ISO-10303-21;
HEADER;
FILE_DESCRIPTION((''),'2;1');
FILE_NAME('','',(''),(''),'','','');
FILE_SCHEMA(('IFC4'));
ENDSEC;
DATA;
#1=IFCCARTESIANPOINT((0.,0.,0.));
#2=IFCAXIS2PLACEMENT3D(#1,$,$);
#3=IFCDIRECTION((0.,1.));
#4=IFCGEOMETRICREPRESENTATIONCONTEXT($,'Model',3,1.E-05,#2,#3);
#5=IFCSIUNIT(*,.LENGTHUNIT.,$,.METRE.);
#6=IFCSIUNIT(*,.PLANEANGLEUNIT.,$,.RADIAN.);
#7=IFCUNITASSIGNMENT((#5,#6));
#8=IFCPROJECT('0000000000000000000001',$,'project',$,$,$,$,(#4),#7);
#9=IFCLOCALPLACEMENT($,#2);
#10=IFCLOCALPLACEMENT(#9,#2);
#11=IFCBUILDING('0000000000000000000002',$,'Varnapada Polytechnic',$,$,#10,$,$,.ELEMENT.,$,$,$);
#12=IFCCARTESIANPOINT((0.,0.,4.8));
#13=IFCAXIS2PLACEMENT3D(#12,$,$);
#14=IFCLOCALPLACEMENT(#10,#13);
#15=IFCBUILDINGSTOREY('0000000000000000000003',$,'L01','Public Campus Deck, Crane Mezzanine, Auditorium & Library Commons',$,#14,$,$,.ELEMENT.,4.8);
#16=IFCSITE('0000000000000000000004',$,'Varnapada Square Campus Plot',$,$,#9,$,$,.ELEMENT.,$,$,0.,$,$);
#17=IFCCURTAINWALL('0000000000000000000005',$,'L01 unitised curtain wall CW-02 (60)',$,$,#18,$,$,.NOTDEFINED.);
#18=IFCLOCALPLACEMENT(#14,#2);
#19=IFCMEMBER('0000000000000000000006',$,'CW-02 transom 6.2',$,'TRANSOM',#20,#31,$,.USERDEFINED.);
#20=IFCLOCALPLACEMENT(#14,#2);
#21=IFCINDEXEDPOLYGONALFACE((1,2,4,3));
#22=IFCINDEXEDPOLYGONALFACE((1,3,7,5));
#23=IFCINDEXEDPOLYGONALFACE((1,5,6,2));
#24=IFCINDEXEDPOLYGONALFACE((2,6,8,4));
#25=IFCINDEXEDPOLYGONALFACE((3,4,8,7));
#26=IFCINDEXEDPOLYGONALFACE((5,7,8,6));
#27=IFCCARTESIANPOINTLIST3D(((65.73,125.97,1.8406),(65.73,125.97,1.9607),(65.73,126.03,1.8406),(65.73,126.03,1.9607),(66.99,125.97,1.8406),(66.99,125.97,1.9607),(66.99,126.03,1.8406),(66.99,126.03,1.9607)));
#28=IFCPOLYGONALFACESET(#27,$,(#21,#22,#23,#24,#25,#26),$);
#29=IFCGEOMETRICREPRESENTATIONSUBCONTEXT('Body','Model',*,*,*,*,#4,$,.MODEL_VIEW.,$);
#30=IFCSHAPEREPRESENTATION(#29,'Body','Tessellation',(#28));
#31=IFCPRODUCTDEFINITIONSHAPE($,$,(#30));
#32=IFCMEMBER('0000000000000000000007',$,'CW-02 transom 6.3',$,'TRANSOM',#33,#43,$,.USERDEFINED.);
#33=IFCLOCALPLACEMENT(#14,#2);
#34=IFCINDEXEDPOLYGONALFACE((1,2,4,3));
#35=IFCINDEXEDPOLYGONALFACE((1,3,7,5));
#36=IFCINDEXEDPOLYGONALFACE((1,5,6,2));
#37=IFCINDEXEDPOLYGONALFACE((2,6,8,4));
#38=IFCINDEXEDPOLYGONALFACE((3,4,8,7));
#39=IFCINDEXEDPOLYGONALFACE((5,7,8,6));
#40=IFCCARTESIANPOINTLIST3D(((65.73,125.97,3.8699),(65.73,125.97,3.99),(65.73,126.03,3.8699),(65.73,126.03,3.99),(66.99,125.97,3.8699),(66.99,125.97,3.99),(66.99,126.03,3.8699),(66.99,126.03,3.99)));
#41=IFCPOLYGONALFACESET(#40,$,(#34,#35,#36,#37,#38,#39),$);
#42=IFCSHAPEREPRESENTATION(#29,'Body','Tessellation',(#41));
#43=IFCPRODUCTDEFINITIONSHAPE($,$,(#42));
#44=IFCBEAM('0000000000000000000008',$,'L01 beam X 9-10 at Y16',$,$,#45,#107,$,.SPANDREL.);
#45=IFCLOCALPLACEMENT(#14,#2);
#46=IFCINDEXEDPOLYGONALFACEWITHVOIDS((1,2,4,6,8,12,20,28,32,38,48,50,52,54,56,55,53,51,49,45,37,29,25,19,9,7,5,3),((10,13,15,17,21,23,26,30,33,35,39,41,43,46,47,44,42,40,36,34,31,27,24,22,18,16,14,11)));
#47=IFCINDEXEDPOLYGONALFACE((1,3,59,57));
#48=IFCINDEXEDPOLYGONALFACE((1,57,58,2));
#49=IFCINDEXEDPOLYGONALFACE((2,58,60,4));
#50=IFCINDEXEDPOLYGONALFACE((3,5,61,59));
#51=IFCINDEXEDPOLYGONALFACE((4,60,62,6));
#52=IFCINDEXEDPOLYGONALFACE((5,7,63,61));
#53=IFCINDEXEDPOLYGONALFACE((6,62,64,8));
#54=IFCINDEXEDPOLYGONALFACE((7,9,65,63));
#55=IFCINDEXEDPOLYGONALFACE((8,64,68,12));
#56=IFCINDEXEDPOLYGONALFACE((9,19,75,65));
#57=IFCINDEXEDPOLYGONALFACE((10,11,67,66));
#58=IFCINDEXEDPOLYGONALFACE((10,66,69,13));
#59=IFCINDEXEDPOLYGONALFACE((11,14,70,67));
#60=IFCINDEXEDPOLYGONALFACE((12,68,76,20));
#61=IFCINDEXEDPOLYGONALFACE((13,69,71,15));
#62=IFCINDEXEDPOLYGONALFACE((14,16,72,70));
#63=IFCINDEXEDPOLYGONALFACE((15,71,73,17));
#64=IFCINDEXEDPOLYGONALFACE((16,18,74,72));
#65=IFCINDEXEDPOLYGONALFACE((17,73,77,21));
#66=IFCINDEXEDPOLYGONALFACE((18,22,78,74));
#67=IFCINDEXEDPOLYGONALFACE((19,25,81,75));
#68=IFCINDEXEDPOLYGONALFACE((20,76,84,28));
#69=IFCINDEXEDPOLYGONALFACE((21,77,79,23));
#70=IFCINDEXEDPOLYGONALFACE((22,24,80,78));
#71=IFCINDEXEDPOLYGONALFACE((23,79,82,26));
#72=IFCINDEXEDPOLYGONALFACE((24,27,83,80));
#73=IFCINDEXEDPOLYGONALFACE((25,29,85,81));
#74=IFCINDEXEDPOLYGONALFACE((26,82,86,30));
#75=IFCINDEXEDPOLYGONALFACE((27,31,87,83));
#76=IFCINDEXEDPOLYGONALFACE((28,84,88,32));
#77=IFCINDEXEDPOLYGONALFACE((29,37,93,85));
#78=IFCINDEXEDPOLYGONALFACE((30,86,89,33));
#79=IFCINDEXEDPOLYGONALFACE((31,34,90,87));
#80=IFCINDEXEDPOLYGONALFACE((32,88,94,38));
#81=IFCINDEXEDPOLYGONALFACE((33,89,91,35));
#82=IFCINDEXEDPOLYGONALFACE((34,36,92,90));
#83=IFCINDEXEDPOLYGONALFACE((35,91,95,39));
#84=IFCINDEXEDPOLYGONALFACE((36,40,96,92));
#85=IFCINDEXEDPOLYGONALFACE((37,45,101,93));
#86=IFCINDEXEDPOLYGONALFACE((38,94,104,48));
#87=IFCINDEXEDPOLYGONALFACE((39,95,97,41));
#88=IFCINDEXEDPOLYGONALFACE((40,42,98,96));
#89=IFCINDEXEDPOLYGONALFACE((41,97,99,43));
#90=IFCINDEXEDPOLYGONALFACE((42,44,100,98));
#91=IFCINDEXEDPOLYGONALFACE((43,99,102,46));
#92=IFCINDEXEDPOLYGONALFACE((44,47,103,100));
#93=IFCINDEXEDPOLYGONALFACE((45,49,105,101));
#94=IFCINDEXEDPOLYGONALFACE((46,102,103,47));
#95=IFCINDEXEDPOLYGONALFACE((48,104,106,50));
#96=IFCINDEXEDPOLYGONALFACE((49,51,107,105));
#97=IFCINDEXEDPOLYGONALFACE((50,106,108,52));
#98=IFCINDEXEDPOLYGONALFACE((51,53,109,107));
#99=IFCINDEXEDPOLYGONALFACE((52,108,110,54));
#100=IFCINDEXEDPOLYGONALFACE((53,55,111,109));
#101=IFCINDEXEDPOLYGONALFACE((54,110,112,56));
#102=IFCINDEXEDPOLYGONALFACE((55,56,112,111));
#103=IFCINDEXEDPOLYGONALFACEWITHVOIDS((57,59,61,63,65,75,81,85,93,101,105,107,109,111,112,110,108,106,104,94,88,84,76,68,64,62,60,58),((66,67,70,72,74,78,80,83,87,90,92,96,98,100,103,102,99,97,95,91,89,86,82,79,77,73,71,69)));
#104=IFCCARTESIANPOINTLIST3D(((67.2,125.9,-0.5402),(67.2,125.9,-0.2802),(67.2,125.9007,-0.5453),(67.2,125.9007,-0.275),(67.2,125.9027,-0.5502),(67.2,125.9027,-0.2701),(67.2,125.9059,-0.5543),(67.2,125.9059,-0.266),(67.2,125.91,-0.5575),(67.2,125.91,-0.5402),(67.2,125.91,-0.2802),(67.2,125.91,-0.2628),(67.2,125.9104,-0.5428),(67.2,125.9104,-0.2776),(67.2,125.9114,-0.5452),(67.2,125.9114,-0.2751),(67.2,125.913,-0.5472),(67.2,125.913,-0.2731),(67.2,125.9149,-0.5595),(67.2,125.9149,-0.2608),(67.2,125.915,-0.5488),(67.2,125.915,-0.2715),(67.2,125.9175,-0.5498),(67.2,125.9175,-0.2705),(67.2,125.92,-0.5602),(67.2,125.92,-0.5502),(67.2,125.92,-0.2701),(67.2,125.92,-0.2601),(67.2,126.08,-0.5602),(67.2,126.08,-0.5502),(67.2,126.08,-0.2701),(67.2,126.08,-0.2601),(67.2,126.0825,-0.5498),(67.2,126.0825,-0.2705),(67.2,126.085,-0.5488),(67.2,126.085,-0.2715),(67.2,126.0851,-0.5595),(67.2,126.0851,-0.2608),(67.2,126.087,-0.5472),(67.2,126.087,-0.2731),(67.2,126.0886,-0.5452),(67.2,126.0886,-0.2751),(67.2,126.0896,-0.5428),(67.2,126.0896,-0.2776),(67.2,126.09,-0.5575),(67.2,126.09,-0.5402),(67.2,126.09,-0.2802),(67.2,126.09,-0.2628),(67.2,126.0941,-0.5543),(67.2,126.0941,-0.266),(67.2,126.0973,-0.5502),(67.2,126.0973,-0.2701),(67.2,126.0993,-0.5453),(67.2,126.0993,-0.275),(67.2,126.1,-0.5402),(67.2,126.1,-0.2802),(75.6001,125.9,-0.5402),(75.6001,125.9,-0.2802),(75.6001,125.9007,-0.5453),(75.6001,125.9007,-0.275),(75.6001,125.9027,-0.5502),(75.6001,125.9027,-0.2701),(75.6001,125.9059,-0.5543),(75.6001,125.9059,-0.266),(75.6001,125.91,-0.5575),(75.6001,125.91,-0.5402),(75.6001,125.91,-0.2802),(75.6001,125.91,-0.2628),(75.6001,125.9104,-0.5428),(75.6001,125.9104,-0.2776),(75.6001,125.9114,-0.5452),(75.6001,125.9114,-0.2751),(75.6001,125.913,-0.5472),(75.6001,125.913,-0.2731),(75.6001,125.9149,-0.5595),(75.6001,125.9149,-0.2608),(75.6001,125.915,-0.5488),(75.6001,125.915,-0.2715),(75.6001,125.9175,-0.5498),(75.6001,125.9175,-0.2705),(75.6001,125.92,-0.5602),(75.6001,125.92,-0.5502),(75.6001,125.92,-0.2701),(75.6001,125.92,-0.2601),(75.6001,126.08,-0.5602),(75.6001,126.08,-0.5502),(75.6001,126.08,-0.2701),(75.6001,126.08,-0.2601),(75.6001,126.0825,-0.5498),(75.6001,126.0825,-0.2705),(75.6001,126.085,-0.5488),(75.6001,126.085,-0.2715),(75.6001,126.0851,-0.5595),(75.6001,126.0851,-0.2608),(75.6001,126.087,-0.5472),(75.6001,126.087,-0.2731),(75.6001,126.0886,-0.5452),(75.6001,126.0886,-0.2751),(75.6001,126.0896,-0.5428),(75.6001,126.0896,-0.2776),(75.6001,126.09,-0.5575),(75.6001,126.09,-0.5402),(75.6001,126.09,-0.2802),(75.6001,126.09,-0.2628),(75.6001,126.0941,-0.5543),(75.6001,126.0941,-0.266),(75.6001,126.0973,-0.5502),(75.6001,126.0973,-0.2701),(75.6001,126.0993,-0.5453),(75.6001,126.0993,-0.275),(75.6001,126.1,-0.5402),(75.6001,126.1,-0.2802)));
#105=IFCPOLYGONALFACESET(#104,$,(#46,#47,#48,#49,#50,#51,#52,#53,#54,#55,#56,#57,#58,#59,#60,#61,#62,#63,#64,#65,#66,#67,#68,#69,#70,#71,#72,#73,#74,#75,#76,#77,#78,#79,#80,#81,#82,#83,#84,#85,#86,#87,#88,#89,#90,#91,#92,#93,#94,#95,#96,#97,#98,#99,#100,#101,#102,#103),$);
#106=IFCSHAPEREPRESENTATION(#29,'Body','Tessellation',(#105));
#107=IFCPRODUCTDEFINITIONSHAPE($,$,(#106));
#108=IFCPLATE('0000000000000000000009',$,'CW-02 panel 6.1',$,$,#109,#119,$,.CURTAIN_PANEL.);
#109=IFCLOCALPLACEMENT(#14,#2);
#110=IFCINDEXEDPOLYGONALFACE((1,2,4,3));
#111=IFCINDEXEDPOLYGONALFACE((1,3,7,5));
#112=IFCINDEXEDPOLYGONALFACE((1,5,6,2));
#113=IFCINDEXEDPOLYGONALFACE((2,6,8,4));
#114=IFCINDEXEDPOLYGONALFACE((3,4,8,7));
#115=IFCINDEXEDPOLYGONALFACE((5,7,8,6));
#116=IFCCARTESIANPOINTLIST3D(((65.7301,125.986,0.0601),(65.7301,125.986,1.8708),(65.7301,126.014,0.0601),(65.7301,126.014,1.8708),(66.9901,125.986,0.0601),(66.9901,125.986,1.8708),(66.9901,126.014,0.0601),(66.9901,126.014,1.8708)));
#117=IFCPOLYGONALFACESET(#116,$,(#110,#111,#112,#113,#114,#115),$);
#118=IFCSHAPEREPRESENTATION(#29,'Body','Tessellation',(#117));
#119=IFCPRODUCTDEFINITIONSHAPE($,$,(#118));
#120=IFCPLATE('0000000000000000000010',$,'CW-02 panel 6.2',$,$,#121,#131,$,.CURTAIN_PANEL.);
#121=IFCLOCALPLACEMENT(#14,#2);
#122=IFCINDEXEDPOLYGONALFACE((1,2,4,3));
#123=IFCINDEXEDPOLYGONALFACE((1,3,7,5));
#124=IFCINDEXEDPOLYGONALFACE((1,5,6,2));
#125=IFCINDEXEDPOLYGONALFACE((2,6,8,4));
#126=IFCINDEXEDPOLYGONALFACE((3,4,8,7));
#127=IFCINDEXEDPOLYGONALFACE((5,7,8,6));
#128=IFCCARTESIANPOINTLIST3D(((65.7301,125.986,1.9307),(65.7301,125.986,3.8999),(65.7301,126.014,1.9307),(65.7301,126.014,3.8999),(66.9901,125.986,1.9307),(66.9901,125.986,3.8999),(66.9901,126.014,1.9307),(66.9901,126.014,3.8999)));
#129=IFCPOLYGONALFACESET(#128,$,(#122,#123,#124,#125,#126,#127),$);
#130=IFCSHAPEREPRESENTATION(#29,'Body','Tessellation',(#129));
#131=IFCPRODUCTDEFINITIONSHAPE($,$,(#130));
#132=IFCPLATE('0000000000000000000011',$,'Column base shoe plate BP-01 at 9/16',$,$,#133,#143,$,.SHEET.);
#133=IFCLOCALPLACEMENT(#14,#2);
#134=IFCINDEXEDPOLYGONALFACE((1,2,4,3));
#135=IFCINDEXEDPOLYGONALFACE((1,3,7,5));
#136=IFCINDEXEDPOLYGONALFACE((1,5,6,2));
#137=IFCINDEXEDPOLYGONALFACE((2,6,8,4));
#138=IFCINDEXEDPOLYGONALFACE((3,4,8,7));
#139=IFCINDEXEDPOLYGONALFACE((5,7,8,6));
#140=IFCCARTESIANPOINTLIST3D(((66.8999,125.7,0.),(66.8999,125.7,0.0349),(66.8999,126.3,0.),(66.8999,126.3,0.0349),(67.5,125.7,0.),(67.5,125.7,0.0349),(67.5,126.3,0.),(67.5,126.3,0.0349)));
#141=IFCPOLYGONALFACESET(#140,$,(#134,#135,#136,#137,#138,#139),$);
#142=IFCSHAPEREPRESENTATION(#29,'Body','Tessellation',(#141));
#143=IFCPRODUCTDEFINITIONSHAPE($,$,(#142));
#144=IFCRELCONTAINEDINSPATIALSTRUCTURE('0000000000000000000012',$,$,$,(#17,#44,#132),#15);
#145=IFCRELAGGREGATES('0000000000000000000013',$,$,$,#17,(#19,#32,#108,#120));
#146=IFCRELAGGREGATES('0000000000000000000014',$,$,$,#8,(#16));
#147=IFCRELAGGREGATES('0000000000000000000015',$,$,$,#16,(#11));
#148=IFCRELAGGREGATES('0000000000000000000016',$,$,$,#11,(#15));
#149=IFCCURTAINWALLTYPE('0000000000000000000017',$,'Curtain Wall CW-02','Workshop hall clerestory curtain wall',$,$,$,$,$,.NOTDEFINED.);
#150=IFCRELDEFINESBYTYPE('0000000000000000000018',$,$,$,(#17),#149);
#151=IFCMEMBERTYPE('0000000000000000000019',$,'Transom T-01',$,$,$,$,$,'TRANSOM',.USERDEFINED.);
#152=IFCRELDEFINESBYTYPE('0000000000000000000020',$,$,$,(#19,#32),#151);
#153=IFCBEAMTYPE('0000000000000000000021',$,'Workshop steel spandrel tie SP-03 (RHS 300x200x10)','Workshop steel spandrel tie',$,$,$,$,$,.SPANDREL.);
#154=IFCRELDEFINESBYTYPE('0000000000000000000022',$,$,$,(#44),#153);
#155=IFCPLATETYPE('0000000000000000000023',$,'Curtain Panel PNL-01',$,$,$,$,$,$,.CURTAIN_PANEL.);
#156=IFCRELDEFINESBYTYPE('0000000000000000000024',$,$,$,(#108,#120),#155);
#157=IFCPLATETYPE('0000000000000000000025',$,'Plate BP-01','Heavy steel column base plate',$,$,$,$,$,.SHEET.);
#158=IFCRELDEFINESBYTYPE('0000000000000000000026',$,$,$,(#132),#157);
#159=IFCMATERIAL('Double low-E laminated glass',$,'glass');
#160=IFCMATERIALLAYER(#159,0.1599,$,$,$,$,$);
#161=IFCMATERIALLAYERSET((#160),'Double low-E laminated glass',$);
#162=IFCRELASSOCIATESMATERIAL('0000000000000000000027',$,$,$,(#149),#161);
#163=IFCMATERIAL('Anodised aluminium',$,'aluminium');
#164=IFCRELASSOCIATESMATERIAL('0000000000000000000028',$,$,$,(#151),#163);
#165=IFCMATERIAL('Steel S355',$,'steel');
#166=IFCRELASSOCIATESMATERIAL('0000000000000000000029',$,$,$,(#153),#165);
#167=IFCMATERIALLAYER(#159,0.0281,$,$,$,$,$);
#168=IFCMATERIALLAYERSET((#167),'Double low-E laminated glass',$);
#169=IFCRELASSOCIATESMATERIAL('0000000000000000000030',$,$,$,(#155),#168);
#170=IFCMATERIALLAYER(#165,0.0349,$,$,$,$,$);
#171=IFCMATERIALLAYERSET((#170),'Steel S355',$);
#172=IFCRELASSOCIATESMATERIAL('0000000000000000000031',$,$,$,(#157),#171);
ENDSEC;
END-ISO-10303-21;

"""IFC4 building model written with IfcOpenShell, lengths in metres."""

from ifc_helpers import new_model, si_unit, direction, frame, origin, origin_2d, place, context, subcontext, project, spatial, rectangle, hollow_rectangle, extrude, material, layer, layer_set, material_profile, profile_set, type_object, element, aggregate, save


model = new_model("IFC4")

# Units and contexts
model_context = context("Model", 3, precision=1e-05, world=origin(), true_north=direction((0.0, 1.0)))
body_context = subcontext(model_context, "Body", "Model", "MODEL_VIEW")
ifc_project = project(units=[si_unit("LENGTHUNIT", "METRE"), si_unit("PLANEANGLEUNIT", "RADIAN")], contexts=[model_context])

# Site, building, storey
site_placement = place(None, origin())
site = spatial("IfcSite", under=ifc_project, at=site_placement, Name="Varnapada Square Campus Plot", CompositionType="ELEMENT", RefElevation=0.0)
building_placement = place(site_placement, origin())
building = spatial("IfcBuilding", under=site, at=building_placement, Name="Varnapada Polytechnic", CompositionType="ELEMENT")
storey_placement = place(building_placement, frame((0.0, 0.0, 4.8)))
storey = spatial("IfcBuildingStorey", under=building, at=storey_placement, Name="L01", Description="Public Campus Deck, Crane Mezzanine, Auditorium & Library Commons", CompositionType="ELEMENT", Elevation=4.8)

# Shared definitions
ifc_material_1 = material(Name="Steel S355", Category="steel")

# Curtain wall, members
ifc_material_2 = material(Name="Double low-E laminated glass", Category="glass")
ifc_layer_1 = layer(ifc_material_2, 0.1599)
ifc_layer_set_1 = layer_set([ifc_layer_1], Name="Double low-E laminated glass")
curtain_wall_type = type_object("IfcCurtainWallType", Name="Curtain Wall CW-02", Description="Workshop hall clerestory curtain wall", PredefinedType="NOTDEFINED", material=ifc_layer_set_1)
curtain_wall_placement = place(storey_placement, origin())
curtain_wall = element("IfcCurtainWall", 1, at=curtain_wall_placement, inside=storey, type_object=curtain_wall_type, Name="L01 unitised curtain wall CW-02 (60)", PredefinedType="NOTDEFINED")
ifc_material_3 = material(Name="Anodised aluminium", Category="aluminium")
ifc_material_profile_1 = material_profile(ifc_material_3, rectangle(XDim=0.0601, YDim=0.1201, at=origin_2d()), Name="ALU T60x120")
ifc_profile_set_1 = profile_set([ifc_material_profile_1], Name="Anodised aluminium")
member_type_1 = type_object("IfcMemberType", Name="Transom T-01", ElementType="TRANSOM", PredefinedType="USERDEFINED", material=ifc_profile_set_1)
member_1_placement = place(storey_placement, frame((65.73, 126.0, 1.9006), z_axis=(1.0, 0.0, 0.0), x_axis=(0.0, 1.0, 0.0)))
member_1 = element("IfcMember", 2, at=member_1_placement, type_object=member_type_1, Name="CW-02 transom 6.2", ObjectType="TRANSOM", PredefinedType="USERDEFINED", context=body_context, shape_type="SweptSolid", body=[
    extrude(rectangle(XDim=0.0601, YDim=0.1201, at=origin_2d()), origin(), (0.0, 0.0, 1.0), 1.26),
])
member_2_placement = place(storey_placement, frame((65.73, 126.0, 3.9299), z_axis=(1.0, 0.0, 0.0), x_axis=(0.0, 1.0, 0.0)))
member_2 = element("IfcMember", 3, at=member_2_placement, type_object=member_type_1, Name="CW-02 transom 6.3", ObjectType="TRANSOM", PredefinedType="USERDEFINED", context=body_context, shape_type="SweptSolid", body=[
    extrude(rectangle(XDim=0.0601, YDim=0.1201, at=origin_2d()), origin(), (0.0, 0.0, 1.0), 1.26),
])

# Beam
ifc_material_profile_2 = material_profile(ifc_material_1, hollow_rectangle(XDim=0.2, YDim=0.3, WallThickness=0.01, InnerFilletRadius=0.01, OuterFilletRadius=0.02, at=origin_2d()), Name="RHS 300x200x10")
ifc_profile_set_2 = profile_set([ifc_material_profile_2], Name="Steel S355")
beam_type_1 = type_object("IfcBeamType", Name="Workshop steel spandrel tie SP-03 (RHS 300x200x10)", Description="Workshop steel spandrel tie", PredefinedType="SPANDREL", material=ifc_profile_set_2)
beam_placement = place(storey_placement, frame((67.2, 126.0, -0.4102), z_axis=(1.0, 0.0, 0.0), x_axis=(0.0, 1.0, 0.0)))
element("IfcBeam", 4, at=beam_placement, inside=storey, type_object=beam_type_1, Name="L01 beam X 9-10 at Y16", PredefinedType="SPANDREL", context=body_context, shape_type="SweptSolid", body=[
    extrude(hollow_rectangle(XDim=0.2, YDim=0.3, WallThickness=0.01, InnerFilletRadius=0.01, OuterFilletRadius=0.02, at=origin_2d()), origin(), (0.0, 0.0, 1.0), 8.4001),
])

# Plates
ifc_layer_2 = layer(ifc_material_2, 0.0281)
ifc_layer_set_2 = layer_set([ifc_layer_2], Name="Double low-E laminated glass")
plate_type_1 = type_object("IfcPlateType", Name="Curtain Panel PNL-01", PredefinedType="CURTAIN_PANEL", material=ifc_layer_set_2)
plate_1_placement = place(storey_placement, frame((66.3601, 126.0, 0.0601), z_axis=(0.0, 0.0, 1.0), x_axis=(1.0, 0.0, 0.0)))
plate_1 = element("IfcPlate", 5, at=plate_1_placement, type_object=plate_type_1, Name="CW-02 panel 6.1", PredefinedType="CURTAIN_PANEL", context=body_context, shape_type="SweptSolid", body=[
    extrude(rectangle(XDim=1.26, YDim=0.0281, at=origin_2d()), origin(), (0.0, 0.0, 1.0), 1.8108),
])
plate_2_placement = place(storey_placement, frame((66.3601, 126.0, 1.9307), z_axis=(0.0, 0.0, 1.0), x_axis=(1.0, 0.0, 0.0)))
plate_2 = element("IfcPlate", 6, at=plate_2_placement, type_object=plate_type_1, Name="CW-02 panel 6.2", PredefinedType="CURTAIN_PANEL", context=body_context, shape_type="SweptSolid", body=[
    extrude(rectangle(XDim=1.26, YDim=0.0281, at=origin_2d()), origin(), (0.0, 0.0, 1.0), 1.9692),
])
aggregate(curtain_wall, [member_1, member_2, plate_1, plate_2])
ifc_layer_3 = layer(ifc_material_1, 0.0349)
ifc_layer_set_3 = layer_set([ifc_layer_3], Name="Steel S355")
plate_type_2 = type_object("IfcPlateType", Name="Plate BP-01", Description="Heavy steel column base plate", PredefinedType="SHEET", material=ifc_layer_set_3)
plate_3_placement = place(storey_placement, frame((67.2, 126.0, 0.0), z_axis=(0.0, 0.0, 1.0), x_axis=(1.0, 0.0, 0.0)))
element("IfcPlate", 7, at=plate_3_placement, inside=storey, type_object=plate_type_2, Name="Column base shoe plate BP-01 at 9/16", PredefinedType="SHEET", context=body_context, shape_type="SweptSolid", body=[
    extrude(rectangle(XDim=0.6001, YDim=0.6001, at=origin_2d()), origin(), (0.0, 0.0, 1.0), 0.0349),
])

save(model, "model.ifc")
